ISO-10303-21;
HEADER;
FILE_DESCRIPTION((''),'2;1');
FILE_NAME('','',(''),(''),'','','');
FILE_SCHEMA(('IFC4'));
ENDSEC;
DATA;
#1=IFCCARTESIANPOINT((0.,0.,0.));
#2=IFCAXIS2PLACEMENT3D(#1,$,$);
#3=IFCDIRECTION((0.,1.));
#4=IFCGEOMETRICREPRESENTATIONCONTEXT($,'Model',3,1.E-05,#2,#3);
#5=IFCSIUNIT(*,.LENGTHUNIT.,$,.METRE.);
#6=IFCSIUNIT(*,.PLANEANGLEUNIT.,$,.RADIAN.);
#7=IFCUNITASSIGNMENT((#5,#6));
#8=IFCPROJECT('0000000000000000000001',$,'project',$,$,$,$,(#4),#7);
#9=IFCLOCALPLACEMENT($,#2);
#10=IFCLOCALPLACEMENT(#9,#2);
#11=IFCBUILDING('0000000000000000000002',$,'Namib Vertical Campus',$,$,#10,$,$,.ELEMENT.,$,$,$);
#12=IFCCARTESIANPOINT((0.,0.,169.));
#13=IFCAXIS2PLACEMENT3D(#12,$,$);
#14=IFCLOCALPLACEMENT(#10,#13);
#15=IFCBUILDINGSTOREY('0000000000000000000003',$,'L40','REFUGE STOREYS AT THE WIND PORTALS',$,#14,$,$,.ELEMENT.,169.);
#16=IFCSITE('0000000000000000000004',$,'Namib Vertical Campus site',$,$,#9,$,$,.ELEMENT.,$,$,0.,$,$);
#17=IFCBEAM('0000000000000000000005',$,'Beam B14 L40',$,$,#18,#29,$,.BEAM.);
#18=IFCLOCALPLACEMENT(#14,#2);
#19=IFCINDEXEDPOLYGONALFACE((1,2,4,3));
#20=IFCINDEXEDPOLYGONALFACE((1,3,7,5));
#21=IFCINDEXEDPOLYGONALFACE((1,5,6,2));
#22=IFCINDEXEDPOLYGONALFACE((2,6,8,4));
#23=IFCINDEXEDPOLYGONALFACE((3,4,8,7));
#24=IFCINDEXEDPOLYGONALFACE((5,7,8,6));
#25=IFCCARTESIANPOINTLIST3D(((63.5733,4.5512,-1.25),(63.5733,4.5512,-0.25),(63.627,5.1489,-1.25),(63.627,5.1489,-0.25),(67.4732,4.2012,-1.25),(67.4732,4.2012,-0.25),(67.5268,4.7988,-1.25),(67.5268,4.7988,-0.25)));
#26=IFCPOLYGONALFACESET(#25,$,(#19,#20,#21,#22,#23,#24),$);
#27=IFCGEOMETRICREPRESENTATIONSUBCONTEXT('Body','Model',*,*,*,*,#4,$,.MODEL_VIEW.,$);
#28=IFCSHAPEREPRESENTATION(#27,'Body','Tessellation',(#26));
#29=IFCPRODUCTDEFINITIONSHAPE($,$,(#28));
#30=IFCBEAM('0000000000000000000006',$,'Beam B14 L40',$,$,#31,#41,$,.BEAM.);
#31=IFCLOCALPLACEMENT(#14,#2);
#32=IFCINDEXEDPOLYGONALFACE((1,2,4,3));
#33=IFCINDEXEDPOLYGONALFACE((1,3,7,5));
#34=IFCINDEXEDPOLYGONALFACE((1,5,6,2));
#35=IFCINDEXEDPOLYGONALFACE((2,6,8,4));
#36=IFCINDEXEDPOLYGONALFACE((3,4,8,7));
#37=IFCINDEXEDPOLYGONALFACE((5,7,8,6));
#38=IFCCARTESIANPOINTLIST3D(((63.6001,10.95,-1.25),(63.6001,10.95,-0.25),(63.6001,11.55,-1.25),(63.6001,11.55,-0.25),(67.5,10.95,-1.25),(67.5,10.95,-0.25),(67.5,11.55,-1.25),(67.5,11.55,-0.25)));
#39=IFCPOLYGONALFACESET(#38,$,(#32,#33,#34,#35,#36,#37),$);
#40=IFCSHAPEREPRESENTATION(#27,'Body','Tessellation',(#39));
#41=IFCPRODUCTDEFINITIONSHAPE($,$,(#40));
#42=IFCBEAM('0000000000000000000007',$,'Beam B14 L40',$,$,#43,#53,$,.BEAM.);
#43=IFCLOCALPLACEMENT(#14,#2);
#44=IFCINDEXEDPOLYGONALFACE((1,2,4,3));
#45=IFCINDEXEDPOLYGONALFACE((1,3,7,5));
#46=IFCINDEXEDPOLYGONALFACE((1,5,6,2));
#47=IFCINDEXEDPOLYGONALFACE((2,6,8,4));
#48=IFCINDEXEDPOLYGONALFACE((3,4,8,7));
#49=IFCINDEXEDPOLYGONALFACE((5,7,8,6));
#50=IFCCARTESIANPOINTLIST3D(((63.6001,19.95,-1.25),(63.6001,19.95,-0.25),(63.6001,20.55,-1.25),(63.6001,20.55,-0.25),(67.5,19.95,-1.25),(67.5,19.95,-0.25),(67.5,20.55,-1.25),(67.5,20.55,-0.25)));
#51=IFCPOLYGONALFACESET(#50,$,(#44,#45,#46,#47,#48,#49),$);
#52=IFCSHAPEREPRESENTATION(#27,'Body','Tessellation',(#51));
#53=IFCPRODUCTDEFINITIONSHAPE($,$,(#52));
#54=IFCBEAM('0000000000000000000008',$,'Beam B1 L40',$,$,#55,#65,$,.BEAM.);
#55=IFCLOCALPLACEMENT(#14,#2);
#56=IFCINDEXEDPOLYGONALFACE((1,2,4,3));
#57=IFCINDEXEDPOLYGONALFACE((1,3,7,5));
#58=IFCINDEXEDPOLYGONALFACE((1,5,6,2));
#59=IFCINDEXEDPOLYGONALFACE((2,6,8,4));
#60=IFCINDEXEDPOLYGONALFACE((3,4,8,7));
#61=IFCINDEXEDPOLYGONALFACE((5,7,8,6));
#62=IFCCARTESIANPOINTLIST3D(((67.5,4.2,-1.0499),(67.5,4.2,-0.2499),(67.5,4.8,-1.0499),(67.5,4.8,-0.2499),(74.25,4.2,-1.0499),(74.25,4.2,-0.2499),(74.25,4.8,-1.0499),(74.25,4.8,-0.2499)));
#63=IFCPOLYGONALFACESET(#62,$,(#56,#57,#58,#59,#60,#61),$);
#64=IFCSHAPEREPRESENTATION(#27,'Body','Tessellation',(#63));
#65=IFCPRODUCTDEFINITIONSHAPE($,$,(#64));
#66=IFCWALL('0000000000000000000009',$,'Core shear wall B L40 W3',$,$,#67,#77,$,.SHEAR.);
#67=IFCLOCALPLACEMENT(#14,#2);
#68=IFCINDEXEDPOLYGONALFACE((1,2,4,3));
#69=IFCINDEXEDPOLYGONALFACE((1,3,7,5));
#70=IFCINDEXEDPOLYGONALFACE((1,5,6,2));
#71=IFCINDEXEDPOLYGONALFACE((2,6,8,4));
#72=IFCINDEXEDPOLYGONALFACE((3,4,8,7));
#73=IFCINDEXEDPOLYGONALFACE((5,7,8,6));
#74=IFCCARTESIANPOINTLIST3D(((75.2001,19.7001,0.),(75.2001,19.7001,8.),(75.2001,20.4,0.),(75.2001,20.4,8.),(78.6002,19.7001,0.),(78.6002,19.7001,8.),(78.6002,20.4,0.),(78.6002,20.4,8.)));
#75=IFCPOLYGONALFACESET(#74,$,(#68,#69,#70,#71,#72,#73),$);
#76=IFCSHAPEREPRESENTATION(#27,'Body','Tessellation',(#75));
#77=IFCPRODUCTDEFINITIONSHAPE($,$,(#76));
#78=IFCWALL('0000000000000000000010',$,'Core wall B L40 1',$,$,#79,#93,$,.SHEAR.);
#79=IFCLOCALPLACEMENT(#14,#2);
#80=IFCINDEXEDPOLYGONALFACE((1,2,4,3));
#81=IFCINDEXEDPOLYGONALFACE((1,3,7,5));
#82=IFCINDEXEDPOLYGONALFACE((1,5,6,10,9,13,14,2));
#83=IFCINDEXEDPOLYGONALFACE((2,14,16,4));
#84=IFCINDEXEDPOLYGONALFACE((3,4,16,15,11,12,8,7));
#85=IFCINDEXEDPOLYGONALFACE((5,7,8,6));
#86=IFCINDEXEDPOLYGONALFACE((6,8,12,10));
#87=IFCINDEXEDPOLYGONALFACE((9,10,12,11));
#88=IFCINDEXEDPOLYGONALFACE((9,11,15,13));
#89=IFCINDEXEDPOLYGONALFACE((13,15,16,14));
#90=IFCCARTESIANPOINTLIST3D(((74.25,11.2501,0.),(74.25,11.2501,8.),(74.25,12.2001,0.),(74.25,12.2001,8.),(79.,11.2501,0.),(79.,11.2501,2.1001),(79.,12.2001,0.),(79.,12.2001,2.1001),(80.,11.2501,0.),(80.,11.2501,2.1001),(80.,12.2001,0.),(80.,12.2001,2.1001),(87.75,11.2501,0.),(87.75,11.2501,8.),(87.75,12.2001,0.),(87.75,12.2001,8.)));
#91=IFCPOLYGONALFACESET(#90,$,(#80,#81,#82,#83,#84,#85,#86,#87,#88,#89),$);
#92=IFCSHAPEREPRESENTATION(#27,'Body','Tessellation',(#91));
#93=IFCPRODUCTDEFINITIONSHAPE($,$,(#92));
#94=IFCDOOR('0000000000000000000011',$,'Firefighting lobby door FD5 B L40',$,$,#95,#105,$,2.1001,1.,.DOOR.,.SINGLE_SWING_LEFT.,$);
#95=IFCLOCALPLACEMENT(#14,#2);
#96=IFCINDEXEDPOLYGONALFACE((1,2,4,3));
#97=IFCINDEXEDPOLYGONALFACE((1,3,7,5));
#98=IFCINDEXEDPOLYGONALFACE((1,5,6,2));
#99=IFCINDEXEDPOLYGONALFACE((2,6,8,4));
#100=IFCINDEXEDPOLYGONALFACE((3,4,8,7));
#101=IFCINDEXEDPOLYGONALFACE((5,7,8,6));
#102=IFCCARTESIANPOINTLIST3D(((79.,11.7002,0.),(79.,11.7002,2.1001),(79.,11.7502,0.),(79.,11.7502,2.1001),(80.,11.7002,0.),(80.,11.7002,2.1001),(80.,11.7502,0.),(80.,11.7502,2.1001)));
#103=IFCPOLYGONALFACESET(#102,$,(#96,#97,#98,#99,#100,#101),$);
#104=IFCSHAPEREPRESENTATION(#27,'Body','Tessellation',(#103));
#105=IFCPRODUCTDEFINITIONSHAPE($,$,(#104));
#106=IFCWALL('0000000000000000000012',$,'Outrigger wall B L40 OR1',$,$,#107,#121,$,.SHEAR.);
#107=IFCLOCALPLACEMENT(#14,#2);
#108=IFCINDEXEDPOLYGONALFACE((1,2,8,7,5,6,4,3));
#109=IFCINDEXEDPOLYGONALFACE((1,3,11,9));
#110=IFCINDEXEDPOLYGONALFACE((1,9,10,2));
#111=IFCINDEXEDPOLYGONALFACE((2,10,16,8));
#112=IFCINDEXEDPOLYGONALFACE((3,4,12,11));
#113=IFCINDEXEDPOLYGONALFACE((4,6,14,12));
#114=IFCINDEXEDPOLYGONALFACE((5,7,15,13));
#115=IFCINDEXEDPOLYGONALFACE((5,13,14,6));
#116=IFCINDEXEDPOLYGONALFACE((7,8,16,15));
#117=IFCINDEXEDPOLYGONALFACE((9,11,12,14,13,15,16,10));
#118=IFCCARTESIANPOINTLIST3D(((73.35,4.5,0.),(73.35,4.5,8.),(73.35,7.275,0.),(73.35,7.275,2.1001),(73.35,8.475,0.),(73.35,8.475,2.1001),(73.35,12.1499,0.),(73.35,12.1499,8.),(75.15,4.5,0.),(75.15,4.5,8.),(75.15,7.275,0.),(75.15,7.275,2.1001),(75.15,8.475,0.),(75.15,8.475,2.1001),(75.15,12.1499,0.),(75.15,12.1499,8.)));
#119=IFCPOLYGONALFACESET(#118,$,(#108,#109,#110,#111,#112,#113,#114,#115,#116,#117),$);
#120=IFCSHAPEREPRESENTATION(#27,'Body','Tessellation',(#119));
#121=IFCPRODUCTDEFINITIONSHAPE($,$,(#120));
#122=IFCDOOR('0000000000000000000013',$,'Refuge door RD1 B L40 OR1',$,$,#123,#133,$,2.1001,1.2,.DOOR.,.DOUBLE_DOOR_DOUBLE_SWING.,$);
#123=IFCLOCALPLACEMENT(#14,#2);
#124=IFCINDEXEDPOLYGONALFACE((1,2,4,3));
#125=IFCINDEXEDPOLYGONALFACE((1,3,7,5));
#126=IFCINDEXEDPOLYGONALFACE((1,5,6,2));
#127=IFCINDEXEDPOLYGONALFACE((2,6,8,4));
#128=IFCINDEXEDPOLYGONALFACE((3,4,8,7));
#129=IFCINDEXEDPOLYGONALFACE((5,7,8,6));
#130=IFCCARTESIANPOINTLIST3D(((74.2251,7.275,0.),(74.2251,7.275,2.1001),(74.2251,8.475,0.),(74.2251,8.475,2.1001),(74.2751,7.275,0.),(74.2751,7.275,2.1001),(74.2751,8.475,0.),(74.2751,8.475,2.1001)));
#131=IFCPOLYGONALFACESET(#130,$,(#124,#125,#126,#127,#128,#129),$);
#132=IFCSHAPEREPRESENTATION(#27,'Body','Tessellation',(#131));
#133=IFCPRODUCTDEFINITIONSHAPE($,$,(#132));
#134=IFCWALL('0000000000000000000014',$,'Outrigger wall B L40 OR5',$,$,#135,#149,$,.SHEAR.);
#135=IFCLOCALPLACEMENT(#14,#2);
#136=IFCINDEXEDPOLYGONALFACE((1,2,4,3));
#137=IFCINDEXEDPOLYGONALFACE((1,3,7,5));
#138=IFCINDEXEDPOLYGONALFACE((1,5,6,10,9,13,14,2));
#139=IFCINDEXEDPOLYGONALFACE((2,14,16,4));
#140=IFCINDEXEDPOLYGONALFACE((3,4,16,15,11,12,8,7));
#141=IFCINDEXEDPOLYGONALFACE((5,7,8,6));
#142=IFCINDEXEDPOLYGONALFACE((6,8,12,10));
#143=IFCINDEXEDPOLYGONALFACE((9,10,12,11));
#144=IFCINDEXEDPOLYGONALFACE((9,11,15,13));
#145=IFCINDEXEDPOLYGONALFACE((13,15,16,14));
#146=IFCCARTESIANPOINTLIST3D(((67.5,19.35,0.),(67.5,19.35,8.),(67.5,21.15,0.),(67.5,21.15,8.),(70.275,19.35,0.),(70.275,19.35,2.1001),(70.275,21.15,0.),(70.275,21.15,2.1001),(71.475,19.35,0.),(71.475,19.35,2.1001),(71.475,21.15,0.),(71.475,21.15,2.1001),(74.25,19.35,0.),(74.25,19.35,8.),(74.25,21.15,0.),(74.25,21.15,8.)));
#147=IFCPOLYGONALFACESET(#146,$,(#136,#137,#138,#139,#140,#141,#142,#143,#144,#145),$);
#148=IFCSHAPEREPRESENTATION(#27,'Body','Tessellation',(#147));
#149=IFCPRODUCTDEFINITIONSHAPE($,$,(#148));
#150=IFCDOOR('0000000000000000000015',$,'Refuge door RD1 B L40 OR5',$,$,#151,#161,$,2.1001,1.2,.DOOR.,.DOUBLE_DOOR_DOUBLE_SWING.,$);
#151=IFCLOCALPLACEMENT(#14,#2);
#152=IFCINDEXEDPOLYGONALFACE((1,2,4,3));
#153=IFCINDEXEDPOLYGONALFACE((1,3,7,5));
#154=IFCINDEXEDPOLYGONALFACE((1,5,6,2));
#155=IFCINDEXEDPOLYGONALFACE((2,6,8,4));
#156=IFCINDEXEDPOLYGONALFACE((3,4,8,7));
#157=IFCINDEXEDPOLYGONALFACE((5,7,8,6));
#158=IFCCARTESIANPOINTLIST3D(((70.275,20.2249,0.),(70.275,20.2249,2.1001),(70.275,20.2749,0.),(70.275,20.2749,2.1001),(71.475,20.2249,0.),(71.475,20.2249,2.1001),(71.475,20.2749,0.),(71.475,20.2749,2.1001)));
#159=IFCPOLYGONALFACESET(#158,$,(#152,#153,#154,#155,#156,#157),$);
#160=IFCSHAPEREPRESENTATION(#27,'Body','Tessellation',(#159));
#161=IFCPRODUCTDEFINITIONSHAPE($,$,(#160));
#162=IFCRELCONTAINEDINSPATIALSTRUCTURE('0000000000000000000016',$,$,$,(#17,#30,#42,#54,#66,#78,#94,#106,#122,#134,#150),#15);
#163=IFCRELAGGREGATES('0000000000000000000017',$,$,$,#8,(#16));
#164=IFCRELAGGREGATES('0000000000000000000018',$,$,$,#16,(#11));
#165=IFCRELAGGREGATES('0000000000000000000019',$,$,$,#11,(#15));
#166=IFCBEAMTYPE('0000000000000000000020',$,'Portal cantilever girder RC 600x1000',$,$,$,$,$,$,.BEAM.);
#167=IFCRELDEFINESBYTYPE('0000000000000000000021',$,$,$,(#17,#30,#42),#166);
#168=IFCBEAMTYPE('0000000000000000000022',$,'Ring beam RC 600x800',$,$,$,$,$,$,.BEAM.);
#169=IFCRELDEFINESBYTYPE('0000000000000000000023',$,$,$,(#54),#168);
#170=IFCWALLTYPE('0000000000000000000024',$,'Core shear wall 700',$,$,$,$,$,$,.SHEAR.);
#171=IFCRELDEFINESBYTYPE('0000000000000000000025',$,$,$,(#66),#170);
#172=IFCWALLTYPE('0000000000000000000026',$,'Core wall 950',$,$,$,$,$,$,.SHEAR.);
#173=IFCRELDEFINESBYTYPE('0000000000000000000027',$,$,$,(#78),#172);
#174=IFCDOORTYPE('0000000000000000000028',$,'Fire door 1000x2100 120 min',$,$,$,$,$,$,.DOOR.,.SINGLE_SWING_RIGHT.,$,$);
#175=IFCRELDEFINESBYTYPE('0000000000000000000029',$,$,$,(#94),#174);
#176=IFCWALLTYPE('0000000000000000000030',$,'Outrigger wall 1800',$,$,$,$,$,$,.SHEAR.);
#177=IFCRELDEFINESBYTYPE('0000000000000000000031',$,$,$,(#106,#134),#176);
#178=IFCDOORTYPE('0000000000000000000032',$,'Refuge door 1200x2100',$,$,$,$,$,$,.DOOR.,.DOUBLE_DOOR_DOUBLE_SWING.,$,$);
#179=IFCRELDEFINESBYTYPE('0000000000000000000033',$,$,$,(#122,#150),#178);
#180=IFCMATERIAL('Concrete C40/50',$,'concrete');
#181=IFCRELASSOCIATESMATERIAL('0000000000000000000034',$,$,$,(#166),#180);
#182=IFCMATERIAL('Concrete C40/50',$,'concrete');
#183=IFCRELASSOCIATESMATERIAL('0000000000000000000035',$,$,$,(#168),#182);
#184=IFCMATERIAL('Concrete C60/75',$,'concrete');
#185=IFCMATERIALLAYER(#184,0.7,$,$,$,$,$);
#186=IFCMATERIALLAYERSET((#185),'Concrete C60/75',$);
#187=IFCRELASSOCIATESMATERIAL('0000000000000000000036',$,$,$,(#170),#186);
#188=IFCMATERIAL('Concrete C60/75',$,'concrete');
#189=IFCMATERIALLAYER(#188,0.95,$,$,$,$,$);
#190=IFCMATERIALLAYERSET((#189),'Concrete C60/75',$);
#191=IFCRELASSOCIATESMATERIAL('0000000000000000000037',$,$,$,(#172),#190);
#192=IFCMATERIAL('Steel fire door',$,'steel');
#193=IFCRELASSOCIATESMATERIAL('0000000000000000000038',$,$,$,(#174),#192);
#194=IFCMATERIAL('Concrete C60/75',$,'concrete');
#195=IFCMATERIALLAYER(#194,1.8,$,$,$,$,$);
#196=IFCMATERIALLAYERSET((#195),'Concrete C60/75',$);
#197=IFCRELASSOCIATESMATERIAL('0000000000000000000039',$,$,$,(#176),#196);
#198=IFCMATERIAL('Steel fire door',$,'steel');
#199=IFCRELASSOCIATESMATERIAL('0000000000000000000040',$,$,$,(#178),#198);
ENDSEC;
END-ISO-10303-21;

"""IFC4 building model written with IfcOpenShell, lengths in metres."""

from ifc_helpers import new_model, si_unit, direction, frame, frame_2d, origin, origin_2d, place, context, subcontext, project, spatial, rectangle, extrude, material, layer, layer_set, material_profile, profile_set, type_object, element, fill, save


model = new_model("IFC4")

# Units and contexts
model_context = context("Model", 3, precision=1e-05, world=origin(), true_north=direction((0.0, 1.0)))
body_context = subcontext(model_context, "Body", "Model", "MODEL_VIEW")
ifc_project = project(units=[si_unit("LENGTHUNIT", "METRE"), si_unit("PLANEANGLEUNIT", "RADIAN")], contexts=[model_context])

# Site, building, storey
site_placement = place(None, origin())
site = spatial("IfcSite", under=ifc_project, at=site_placement, Name="Namib Vertical Campus site", CompositionType="ELEMENT", RefElevation=0.0)
building_placement = place(site_placement, origin())
building = spatial("IfcBuilding", under=site, at=building_placement, Name="Namib Vertical Campus", CompositionType="ELEMENT")
storey_placement = place(building_placement, frame((0.0, 0.0, 169.0)))
storey = spatial("IfcBuildingStorey", under=building, at=storey_placement, Name="L40", Description="REFUGE STOREYS AT THE WIND PORTALS", CompositionType="ELEMENT", Elevation=169.0)

# Beams
ifc_material_1 = material(Name="Concrete C40/50", Category="concrete")
ifc_material_profile_1 = material_profile(ifc_material_1, rectangle(XDim=0.6001, YDim=1.0, at=origin_2d()))
ifc_profile_set_1 = profile_set([ifc_material_profile_1], Name="Concrete C40/50")
beam_type_1 = type_object("IfcBeamType", Name="Portal cantilever girder RC 600x1000", PredefinedType="BEAM", material=ifc_profile_set_1)
beam_1_placement = place(storey_placement, frame((67.5, 4.5, -0.75), z_axis=(-0.995995, 0.089411, 0.0), x_axis=(-0.089411, -0.995995, 0.0)))
element("IfcBeam", 1, at=beam_1_placement, inside=storey, type_object=beam_type_1, Name="Beam B14 L40", PredefinedType="BEAM", context=body_context, shape_type="SweptSolid", body=[
    extrude(rectangle(XDim=0.6001, YDim=1.0, at=origin_2d()), origin(), (0.0, 0.0, 1.0), 3.9155),
])
for number, where, z_axis, x_axis, name in (
    (2, (67.5, 11.25, -0.75), (-1.0, 0.0, 0.0), (0.0, -1.0, 0.0), "Beam B14 L40"),
    (3, (67.5, 20.25, -0.75), (-1.0, 0.0, 0.0), (0.0, -1.0, 0.0), "Beam B14 L40"),
):
    element("IfcBeam", number, at=place(storey_placement, frame(where, z_axis=z_axis, x_axis=x_axis)), inside=storey, type_object=beam_type_1, Name=name, PredefinedType="BEAM", context=body_context, shape_type="SweptSolid", body=[
        extrude(rectangle(XDim=0.6001, YDim=1.0, at=origin_2d()), origin(), (0.0, 0.0, 1.0), 3.8999),
    ])
ifc_material_2 = material(Name="Concrete C40/50", Category="concrete")
ifc_material_profile_2 = material_profile(ifc_material_2, rectangle(XDim=0.6001, YDim=0.8, at=origin_2d()))
ifc_profile_set_2 = profile_set([ifc_material_profile_2], Name="Concrete C40/50")
beam_type_2 = type_object("IfcBeamType", Name="Ring beam RC 600x800", PredefinedType="BEAM", material=ifc_profile_set_2)
beam_2_placement = place(storey_placement, frame((67.5, 4.5, -0.6499), z_axis=(1.0, 0.0, 0.0), x_axis=(0.0, 1.0, 0.0)))
element("IfcBeam", 4, at=beam_2_placement, inside=storey, type_object=beam_type_2, Name="Beam B1 L40", PredefinedType="BEAM", context=body_context, shape_type="SweptSolid", body=[
    extrude(rectangle(XDim=0.6001, YDim=0.8, at=origin_2d()), origin(), (0.0, 0.0, 1.0), 6.75),
])

# Wall
ifc_material_3 = material(Name="Concrete C60/75", Category="concrete")
ifc_layer_1 = layer(ifc_material_3, 0.7)
ifc_layer_set_1 = layer_set([ifc_layer_1], Name="Concrete C60/75")
wall_type_1 = type_object("IfcWallType", Name="Core shear wall 700", PredefinedType="SHEAR", material=ifc_layer_set_1)
wall_1_placement = place(storey_placement, frame((75.2, 20.05, 0.0), z_axis=(0.0, 0.0, 1.0), x_axis=(1.0, 0.0, 0.0)))
element("IfcWall", 5, at=wall_1_placement, inside=storey, type_object=wall_type_1, Name="Core shear wall B L40 W3", PredefinedType="SHEAR", context=body_context, shape_type="SweptSolid", body=[
    extrude(rectangle(XDim=3.4001, YDim=0.7, at=frame_2d((1.7002, 0.0))), origin(), (0.0, 0.0, 1.0), 8.0),
])

# Walls, openings, doors
ifc_material_4 = material(Name="Concrete C60/75", Category="concrete")
ifc_layer_2 = layer(ifc_material_4, 0.95)
ifc_layer_set_2 = layer_set([ifc_layer_2], Name="Concrete C60/75")
wall_type_2 = type_object("IfcWallType", Name="Core wall 950", PredefinedType="SHEAR", material=ifc_layer_set_2)
wall_2_placement = place(storey_placement, frame((74.25, 11.7251, 0.0), z_axis=(0.0, 0.0, 1.0), x_axis=(1.0, 0.0, 0.0)))
wall_2 = element("IfcWall", 6, at=wall_2_placement, inside=storey, type_object=wall_type_2, Name="Core wall B L40 1", PredefinedType="SHEAR", context=body_context, shape_type="SweptSolid", body=[
    extrude(rectangle(XDim=13.5, YDim=0.95, at=frame_2d((6.75, 0.0))), origin(), (0.0, 0.0, 1.0), 8.0),
])
opening_1_placement = place(wall_2_placement, frame((4.75, 0.0, 0.0)))
opening_1 = element("IfcOpeningElement", 7, at=opening_1_placement, cuts=wall_2, PredefinedType="OPENING", context=body_context, shape_type="SweptSolid", body=[
    extrude(rectangle(XDim=1.0, YDim=2.1001, at=frame_2d((0.5, 1.05))), frame((0.0, 0.4849, 0.0), z_axis=(0.0, -1.0, 0.0), x_axis=(1.0, 0.0, 0.0)), (0.0, 0.0, 1.0), 0.97),
])
ifc_material_5 = material(Name="Steel fire door", Category="steel")
door_type_1 = type_object("IfcDoorType", Name="Fire door 1000x2100 120 min", OperationType="SINGLE_SWING_RIGHT", PredefinedType="DOOR", material=ifc_material_5)
door_1_placement = place(opening_1_placement, frame((1.0, 0.0, 0.0), z_axis=(0.0, 0.0, 1.0), x_axis=(-1.0, 0.0, 0.0)))
door_1 = element("IfcDoor", 8, at=door_1_placement, inside=storey, type_object=door_type_1, Name="Firefighting lobby door FD5 B L40", OperationType="SINGLE_SWING_LEFT", OverallHeight=2.1001, OverallWidth=1.0, PredefinedType="DOOR", context=body_context, shape_type="SweptSolid", body=[
    extrude(rectangle(XDim=1.0, YDim=2.1001, at=frame_2d((0.5, 1.05))), frame((0.0, 0.0249, 0.0), z_axis=(0.0, -1.0, 0.0), x_axis=(1.0, 0.0, 0.0)), (0.0, 0.0, 1.0), 0.05),
])
fill(opening_1, door_1)
ifc_material_6 = material(Name="Concrete C60/75", Category="concrete")
ifc_layer_3 = layer(ifc_material_6, 1.8)
ifc_layer_set_3 = layer_set([ifc_layer_3], Name="Concrete C60/75")
wall_type_3 = type_object("IfcWallType", Name="Outrigger wall 1800", PredefinedType="SHEAR", material=ifc_layer_set_3)
wall_3_placement = place(storey_placement, frame((74.25, 4.5, 0.0), z_axis=(0.0, 0.0, 1.0), x_axis=(0.0, 1.0, 0.0)))
wall_3 = element("IfcWall", 9, at=wall_3_placement, inside=storey, type_object=wall_type_3, Name="Outrigger wall B L40 OR1", PredefinedType="SHEAR", context=body_context, shape_type="SweptSolid", body=[
    extrude(rectangle(XDim=7.6499, YDim=1.8, at=frame_2d((3.825, 0.0))), origin(), (0.0, 0.0, 1.0), 8.0),
])
opening_2_placement = place(wall_3_placement, frame((2.7749, 0.0, 0.0)))
opening_2 = element("IfcOpeningElement", 10, at=opening_2_placement, cuts=wall_3, PredefinedType="OPENING", context=body_context, shape_type="SweptSolid", body=[
    extrude(rectangle(XDim=1.2, YDim=2.1001, at=frame_2d((0.6001, 1.05))), frame((0.0, 0.9099, 0.0), z_axis=(0.0, -1.0, 0.0), x_axis=(1.0, 0.0, 0.0)), (0.0, 0.0, 1.0), 1.8201),
])
ifc_material_7 = material(Name="Steel fire door", Category="steel")
door_type_2 = type_object("IfcDoorType", Name="Refuge door 1200x2100", OperationType="DOUBLE_DOOR_DOUBLE_SWING", PredefinedType="DOOR", material=ifc_material_7)
door_2_placement = place(opening_2_placement, origin())
door_2 = element("IfcDoor", 11, at=door_2_placement, inside=storey, type_object=door_type_2, Name="Refuge door RD1 B L40 OR1", OperationType="DOUBLE_DOOR_DOUBLE_SWING", OverallHeight=2.1001, OverallWidth=1.2, PredefinedType="DOOR", context=body_context, shape_type="SweptSolid", body=[
    extrude(rectangle(XDim=1.2, YDim=2.1001, at=frame_2d((0.6001, 1.05))), frame((0.0, 0.0249, 0.0), z_axis=(0.0, -1.0, 0.0), x_axis=(1.0, 0.0, 0.0)), (0.0, 0.0, 1.0), 0.05),
])
fill(opening_2, door_2)
wall_4_placement = place(storey_placement, frame((67.5, 20.25, 0.0), z_axis=(0.0, 0.0, 1.0), x_axis=(1.0, 0.0, 0.0)))
wall_4 = element("IfcWall", 12, at=wall_4_placement, inside=storey, type_object=wall_type_3, Name="Outrigger wall B L40 OR5", PredefinedType="SHEAR", context=body_context, shape_type="SweptSolid", body=[
    extrude(rectangle(XDim=6.75, YDim=1.8, at=frame_2d((3.375, 0.0))), origin(), (0.0, 0.0, 1.0), 8.0),
])
opening_3_placement = place(wall_4_placement, frame((2.7749, 0.0, 0.0)))
opening_3 = element("IfcOpeningElement", 13, at=opening_3_placement, cuts=wall_4, PredefinedType="OPENING", context=body_context, shape_type="SweptSolid", body=[
    extrude(rectangle(XDim=1.2, YDim=2.1001, at=frame_2d((0.6001, 1.05))), frame((0.0, 0.9099, 0.0), z_axis=(0.0, -1.0, 0.0), x_axis=(1.0, 0.0, 0.0)), (0.0, 0.0, 1.0), 1.8201),
])
door_3_placement = place(opening_3_placement, origin())
door_3 = element("IfcDoor", 14, at=door_3_placement, inside=storey, type_object=door_type_2, Name="Refuge door RD1 B L40 OR5", OperationType="DOUBLE_DOOR_DOUBLE_SWING", OverallHeight=2.1001, OverallWidth=1.2, PredefinedType="DOOR", context=body_context, shape_type="SweptSolid", body=[
    extrude(rectangle(XDim=1.2, YDim=2.1001, at=frame_2d((0.6001, 1.05))), frame((0.0, 0.0249, 0.0), z_axis=(0.0, -1.0, 0.0), x_axis=(1.0, 0.0, 0.0)), (0.0, 0.0, 1.0), 0.05),
])
fill(opening_3, door_3)

save(model, "model.ifc")
